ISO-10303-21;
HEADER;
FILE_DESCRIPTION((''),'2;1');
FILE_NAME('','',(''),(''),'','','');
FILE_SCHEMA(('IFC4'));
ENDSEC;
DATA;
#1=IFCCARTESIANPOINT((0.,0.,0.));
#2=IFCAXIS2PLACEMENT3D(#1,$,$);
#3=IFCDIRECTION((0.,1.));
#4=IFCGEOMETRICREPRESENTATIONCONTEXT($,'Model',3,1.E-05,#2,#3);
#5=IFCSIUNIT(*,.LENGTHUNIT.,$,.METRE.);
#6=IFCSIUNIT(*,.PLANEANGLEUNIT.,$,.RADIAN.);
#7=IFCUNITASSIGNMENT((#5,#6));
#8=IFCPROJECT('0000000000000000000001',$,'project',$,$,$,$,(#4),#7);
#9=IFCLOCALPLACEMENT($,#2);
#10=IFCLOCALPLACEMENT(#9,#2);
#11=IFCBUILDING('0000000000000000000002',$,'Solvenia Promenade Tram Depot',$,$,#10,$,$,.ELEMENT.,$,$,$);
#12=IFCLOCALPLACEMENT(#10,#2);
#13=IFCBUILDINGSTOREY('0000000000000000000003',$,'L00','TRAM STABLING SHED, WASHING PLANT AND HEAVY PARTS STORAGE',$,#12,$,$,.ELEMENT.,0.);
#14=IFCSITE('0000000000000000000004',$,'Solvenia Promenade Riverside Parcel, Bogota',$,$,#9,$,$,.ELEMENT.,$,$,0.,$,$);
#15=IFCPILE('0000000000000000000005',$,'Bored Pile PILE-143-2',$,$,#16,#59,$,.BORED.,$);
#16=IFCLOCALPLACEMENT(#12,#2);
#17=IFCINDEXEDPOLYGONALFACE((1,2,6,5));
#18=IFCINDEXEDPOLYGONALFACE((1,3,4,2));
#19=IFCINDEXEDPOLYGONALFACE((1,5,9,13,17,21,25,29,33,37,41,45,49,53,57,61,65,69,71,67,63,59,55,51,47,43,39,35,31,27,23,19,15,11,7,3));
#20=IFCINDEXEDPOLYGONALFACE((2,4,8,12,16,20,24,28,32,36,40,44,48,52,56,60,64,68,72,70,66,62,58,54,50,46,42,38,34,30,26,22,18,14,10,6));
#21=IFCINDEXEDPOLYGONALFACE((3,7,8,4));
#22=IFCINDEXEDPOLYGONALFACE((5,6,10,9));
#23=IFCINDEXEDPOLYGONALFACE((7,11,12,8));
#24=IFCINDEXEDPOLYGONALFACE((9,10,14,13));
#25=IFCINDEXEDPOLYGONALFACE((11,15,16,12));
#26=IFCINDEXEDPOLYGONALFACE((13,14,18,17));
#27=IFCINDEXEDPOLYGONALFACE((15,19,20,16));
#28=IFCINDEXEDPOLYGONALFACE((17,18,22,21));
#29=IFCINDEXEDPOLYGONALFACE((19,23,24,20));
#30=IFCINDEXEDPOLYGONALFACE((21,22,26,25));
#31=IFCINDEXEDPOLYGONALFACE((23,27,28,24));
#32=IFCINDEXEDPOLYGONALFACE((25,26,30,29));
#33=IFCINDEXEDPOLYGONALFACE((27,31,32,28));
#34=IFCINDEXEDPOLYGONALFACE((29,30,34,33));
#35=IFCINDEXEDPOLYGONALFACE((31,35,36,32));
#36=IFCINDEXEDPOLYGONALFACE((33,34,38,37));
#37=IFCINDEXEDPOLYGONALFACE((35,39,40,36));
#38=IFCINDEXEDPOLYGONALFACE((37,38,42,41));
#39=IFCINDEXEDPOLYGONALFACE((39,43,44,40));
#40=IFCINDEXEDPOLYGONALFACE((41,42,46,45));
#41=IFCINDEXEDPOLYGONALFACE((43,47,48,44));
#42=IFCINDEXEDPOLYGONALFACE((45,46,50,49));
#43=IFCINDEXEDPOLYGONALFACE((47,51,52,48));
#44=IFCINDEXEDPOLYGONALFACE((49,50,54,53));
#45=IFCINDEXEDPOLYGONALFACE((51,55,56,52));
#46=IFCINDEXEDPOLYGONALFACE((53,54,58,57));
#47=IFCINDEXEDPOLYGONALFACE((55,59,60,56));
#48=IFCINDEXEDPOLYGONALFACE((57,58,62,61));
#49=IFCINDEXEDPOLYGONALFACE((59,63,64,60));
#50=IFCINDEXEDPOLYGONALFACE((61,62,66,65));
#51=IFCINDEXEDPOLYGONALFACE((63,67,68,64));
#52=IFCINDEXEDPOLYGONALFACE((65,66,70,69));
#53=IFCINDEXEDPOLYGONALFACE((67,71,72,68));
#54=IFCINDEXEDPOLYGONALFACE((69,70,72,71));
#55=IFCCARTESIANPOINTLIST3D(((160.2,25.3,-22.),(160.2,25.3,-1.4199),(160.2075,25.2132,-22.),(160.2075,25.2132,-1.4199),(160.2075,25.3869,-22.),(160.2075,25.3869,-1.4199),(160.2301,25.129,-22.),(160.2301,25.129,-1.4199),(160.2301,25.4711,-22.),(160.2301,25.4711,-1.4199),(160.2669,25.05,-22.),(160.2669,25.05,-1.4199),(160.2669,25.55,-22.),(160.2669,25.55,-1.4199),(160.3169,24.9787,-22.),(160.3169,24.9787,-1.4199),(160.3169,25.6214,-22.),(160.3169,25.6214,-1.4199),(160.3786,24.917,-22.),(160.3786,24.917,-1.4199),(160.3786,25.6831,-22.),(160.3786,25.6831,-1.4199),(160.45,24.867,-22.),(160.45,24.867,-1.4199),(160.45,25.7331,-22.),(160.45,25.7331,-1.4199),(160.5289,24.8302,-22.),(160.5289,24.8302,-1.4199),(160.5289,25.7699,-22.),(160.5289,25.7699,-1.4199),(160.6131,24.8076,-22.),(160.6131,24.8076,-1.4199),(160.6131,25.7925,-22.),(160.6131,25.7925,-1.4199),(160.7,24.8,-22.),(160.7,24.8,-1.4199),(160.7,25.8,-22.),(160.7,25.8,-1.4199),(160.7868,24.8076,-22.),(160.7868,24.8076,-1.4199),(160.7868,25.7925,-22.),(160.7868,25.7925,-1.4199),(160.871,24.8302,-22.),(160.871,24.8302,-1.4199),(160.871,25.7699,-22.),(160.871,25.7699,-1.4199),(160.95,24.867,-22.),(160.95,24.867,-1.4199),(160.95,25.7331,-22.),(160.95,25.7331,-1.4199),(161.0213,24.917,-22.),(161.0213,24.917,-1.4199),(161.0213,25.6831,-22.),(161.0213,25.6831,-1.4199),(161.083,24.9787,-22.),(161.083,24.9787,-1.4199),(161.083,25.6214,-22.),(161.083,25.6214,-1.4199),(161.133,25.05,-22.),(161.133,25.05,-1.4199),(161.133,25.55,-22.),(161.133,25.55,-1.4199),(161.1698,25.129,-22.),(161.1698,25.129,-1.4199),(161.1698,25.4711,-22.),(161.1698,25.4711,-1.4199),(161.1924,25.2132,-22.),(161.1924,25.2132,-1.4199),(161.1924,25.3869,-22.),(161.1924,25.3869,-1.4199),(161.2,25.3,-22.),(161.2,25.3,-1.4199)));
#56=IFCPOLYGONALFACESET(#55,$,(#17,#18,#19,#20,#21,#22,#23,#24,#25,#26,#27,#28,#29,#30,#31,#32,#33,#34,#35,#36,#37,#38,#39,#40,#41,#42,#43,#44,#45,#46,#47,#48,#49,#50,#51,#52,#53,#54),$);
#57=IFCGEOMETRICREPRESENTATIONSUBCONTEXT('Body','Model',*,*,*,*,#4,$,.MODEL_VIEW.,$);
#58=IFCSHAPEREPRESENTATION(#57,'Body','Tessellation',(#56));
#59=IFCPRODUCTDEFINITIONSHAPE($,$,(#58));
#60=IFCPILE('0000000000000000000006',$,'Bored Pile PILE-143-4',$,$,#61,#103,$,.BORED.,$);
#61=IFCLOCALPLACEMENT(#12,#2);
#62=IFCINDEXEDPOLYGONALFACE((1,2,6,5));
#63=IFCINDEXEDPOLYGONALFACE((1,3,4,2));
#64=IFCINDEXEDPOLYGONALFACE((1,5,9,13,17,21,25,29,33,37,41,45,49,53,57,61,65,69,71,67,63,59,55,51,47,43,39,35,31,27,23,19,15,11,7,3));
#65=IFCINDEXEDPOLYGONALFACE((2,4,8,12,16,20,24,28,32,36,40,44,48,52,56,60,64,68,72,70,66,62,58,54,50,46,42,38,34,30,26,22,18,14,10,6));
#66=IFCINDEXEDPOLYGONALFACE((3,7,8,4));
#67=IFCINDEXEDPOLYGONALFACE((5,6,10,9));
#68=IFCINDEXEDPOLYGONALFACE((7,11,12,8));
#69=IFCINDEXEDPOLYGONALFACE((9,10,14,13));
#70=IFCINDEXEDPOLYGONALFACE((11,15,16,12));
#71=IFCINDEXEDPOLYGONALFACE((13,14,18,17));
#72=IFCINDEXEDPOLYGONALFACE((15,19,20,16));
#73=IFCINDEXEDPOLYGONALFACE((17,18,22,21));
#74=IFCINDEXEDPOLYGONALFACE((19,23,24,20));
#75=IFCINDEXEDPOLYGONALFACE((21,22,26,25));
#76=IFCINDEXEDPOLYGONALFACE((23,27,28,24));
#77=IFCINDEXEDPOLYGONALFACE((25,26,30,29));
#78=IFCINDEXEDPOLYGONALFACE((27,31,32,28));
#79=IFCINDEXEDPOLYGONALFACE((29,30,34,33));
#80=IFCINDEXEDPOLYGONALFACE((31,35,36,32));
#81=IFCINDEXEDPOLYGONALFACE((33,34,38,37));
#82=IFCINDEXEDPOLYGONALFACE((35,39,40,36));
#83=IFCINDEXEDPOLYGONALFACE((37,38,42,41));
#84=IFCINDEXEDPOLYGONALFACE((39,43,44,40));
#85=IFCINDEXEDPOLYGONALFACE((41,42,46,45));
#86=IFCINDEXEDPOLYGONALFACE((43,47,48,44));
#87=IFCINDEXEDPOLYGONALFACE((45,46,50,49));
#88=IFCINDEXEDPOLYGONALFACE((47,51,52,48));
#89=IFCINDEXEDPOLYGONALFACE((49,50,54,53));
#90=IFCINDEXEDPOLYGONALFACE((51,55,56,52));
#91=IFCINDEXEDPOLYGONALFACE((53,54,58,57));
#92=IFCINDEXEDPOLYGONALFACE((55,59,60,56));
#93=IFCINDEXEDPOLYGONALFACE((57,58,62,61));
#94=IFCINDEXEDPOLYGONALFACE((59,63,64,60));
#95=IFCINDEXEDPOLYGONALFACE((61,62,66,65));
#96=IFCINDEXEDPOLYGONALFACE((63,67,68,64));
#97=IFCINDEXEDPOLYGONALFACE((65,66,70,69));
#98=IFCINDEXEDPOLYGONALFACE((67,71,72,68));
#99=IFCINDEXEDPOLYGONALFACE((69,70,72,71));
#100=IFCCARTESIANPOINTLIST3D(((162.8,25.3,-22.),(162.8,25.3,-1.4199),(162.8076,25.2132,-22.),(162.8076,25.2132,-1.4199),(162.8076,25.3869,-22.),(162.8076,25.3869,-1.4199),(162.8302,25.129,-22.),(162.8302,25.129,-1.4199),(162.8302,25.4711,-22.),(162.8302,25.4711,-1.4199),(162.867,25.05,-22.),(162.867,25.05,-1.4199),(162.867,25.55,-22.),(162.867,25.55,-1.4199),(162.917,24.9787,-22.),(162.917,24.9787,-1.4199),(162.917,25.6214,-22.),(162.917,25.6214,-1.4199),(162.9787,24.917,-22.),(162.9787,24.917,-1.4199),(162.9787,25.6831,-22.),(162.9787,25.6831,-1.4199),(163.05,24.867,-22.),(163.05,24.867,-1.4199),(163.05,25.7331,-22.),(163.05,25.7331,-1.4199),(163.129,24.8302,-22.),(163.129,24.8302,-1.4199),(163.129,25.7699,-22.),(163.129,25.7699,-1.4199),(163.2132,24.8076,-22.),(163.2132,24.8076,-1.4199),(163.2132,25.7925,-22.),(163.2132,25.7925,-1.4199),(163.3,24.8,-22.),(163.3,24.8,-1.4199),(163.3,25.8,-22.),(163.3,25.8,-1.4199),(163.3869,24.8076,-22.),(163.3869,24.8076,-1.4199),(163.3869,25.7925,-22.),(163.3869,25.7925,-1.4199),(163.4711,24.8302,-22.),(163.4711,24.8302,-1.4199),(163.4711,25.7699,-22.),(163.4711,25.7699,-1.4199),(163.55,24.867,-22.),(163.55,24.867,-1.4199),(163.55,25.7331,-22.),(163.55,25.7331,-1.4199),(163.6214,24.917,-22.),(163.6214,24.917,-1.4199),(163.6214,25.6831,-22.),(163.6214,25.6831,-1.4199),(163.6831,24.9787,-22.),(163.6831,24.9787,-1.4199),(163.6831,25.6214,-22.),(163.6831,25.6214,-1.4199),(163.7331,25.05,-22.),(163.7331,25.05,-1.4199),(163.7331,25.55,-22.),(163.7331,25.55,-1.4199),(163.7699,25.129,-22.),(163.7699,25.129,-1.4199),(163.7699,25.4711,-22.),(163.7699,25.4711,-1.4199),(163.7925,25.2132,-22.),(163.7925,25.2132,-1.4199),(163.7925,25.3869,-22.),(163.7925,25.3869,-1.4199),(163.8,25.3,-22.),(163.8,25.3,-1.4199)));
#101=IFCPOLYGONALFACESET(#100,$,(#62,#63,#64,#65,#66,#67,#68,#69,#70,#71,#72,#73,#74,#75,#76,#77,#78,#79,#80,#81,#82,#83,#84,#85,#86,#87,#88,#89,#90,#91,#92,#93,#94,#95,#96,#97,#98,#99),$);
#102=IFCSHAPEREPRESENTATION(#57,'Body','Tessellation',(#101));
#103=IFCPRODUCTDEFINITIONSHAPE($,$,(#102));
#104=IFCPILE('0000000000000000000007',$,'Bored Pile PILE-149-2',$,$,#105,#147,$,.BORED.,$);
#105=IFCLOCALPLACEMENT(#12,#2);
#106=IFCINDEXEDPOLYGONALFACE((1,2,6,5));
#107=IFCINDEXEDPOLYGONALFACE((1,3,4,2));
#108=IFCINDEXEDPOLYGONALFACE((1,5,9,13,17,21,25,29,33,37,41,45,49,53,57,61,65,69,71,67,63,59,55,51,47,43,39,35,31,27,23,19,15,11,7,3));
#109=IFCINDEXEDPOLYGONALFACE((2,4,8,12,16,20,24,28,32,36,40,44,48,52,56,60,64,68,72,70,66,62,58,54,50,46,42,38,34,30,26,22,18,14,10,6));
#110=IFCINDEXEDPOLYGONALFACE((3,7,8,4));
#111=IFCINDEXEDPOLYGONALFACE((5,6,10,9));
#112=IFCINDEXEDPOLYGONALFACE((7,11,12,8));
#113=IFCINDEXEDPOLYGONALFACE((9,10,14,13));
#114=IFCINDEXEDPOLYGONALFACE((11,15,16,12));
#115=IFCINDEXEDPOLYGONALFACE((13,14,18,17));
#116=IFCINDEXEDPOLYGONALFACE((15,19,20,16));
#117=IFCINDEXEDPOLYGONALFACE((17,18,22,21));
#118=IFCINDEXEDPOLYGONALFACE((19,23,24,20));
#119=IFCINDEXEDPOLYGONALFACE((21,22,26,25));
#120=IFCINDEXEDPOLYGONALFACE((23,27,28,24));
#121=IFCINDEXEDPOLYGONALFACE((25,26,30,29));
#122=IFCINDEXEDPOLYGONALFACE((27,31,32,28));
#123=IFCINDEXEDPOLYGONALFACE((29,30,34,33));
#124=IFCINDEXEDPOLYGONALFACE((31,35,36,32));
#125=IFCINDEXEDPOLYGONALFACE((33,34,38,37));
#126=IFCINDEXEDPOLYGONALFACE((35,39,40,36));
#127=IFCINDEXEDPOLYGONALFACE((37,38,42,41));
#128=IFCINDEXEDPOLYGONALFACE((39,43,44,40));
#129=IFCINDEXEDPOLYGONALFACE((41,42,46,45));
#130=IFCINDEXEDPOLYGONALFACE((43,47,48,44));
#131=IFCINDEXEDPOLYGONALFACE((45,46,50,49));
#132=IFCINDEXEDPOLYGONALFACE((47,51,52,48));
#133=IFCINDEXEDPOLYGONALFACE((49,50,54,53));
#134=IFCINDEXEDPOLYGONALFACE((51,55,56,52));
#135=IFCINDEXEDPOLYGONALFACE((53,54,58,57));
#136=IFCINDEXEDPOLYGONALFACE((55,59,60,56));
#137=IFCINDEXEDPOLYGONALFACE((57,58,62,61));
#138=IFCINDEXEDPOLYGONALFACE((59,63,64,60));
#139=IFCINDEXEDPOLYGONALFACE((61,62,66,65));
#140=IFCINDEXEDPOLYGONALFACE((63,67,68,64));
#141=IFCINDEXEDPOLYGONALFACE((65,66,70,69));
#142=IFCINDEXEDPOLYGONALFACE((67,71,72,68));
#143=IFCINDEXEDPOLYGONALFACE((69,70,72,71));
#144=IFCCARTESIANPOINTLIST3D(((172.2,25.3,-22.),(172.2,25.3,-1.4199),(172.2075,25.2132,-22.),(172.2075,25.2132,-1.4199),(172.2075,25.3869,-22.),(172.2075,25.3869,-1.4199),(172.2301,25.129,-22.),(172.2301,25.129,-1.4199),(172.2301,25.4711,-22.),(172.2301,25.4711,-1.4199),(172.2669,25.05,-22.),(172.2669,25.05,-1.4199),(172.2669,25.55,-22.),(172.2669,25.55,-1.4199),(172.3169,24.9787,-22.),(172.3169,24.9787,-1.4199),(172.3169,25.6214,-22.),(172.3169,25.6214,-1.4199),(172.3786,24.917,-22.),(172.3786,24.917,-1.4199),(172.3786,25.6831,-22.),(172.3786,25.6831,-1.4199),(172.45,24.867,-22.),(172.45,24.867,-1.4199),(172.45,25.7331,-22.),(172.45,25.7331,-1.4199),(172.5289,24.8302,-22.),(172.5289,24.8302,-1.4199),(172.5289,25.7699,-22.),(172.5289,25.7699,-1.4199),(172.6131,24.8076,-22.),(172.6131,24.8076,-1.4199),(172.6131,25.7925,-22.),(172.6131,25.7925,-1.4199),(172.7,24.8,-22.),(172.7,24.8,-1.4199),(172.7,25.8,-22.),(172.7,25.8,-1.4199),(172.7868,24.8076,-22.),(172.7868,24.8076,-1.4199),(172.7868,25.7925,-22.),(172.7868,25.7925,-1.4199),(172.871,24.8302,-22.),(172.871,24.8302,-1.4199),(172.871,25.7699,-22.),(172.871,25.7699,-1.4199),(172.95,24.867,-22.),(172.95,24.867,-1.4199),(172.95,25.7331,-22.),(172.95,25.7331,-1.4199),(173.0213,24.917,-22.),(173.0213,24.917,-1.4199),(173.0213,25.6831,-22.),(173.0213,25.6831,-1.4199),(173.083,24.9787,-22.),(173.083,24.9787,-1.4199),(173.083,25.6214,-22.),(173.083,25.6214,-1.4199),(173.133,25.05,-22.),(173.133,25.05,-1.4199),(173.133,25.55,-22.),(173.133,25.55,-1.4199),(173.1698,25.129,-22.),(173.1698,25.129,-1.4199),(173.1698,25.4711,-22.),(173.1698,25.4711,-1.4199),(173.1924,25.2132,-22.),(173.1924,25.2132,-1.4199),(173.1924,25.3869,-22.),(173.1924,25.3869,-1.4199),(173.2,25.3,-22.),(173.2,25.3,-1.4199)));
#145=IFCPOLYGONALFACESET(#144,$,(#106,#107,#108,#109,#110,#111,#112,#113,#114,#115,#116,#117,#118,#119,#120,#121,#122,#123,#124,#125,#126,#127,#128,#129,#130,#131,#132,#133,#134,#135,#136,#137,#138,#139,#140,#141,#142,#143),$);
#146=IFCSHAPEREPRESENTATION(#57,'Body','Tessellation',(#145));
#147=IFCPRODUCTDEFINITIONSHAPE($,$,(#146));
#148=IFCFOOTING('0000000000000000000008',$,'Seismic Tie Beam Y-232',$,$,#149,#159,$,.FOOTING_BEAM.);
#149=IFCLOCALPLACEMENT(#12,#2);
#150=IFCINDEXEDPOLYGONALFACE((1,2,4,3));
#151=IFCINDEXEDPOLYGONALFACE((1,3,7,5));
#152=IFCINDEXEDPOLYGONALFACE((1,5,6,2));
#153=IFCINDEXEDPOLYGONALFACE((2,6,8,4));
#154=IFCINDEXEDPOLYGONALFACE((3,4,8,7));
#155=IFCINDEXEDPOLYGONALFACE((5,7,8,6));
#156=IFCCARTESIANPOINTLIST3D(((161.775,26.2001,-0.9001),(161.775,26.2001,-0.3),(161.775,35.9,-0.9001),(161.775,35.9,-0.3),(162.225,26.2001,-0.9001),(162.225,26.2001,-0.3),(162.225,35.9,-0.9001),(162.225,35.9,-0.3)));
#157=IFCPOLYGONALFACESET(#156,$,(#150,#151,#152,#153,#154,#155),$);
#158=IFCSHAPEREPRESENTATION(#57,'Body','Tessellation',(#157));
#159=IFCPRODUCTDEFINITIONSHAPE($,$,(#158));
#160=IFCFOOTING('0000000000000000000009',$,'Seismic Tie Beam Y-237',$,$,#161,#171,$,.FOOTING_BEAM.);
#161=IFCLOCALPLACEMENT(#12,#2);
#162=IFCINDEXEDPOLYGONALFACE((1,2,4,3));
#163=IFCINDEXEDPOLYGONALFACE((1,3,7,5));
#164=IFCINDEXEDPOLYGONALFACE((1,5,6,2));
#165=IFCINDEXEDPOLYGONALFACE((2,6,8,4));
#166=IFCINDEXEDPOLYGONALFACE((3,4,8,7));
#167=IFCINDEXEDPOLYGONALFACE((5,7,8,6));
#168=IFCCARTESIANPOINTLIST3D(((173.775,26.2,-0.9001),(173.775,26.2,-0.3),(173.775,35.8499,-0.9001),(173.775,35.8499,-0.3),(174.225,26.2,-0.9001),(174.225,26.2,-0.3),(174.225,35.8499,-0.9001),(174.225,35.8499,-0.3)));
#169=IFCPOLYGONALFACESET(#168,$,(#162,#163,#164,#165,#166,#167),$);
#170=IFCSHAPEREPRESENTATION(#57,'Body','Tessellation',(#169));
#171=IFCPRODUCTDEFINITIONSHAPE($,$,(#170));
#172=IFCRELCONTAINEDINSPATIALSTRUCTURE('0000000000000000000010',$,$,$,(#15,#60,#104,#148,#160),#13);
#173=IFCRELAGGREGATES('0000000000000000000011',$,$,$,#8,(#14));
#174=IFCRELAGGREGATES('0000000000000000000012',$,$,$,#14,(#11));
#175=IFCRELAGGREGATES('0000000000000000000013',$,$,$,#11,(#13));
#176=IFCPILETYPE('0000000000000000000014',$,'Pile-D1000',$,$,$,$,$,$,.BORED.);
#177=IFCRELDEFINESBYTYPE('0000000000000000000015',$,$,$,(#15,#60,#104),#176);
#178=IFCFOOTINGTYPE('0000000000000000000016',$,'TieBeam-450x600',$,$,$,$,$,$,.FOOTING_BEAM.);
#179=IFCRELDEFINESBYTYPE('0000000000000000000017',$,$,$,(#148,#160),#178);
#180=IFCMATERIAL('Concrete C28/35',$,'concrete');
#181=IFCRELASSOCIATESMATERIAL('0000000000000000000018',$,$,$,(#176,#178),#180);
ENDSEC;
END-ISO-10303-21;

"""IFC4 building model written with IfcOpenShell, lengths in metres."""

from ifc_helpers import new_model, si_unit, direction, frame, origin, origin_2d, place, context, subcontext, project, spatial, rectangle, circle, extrude, material, material_profile, profile_set, type_object, element, save


model = new_model("IFC4")

# Units and contexts
model_context = context("Model", 3, precision=1e-05, world=origin(), true_north=direction((0.0, 1.0)))
body_context = subcontext(model_context, "Body", "Model", "MODEL_VIEW")
ifc_project = project(units=[si_unit("LENGTHUNIT", "METRE"), si_unit("PLANEANGLEUNIT", "RADIAN")], contexts=[model_context])

# Site, building, storey
site_placement = place(None, origin())
site = spatial("IfcSite", under=ifc_project, at=site_placement, Name="Solvenia Promenade Riverside Parcel, Bogota", CompositionType="ELEMENT", RefElevation=0.0)
building_placement = place(site_placement, origin())
building = spatial("IfcBuilding", under=site, at=building_placement, Name="Solvenia Promenade Tram Depot", CompositionType="ELEMENT")
storey_placement = place(building_placement, origin())
storey = spatial("IfcBuildingStorey", under=building, at=storey_placement, Name="L00", Description="TRAM STABLING SHED, WASHING PLANT AND HEAVY PARTS STORAGE", CompositionType="ELEMENT", Elevation=0.0)

# Piles
ifc_material_1 = material(Name="Concrete C28/35", Category="concrete")
ifc_material_profile_1 = material_profile(ifc_material_1, circle(Radius=0.5, at=origin_2d()), Name="D1000", Category="concrete")
ifc_profile_set_1 = profile_set([ifc_material_profile_1], Name="Concrete C28/35")
pile_type = type_object("IfcPileType", Name="Pile-D1000", PredefinedType="BORED", material=ifc_profile_set_1)
for number, where, z_axis, x_axis, name in (
    (1, (160.7, 25.3, -1.4199), (0.0, 0.0, -1.0), (1.0, 0.0, 0.0), "Bored Pile PILE-143-2"),
    (2, (163.3, 25.3, -1.4199), (0.0, 0.0, -1.0), (1.0, 0.0, 0.0), "Bored Pile PILE-143-4"),
    (3, (172.7, 25.3, -1.4199), (0.0, 0.0, -1.0), (1.0, 0.0, 0.0), "Bored Pile PILE-149-2"),
):
    element("IfcPile", number, at=place(storey_placement, frame(where, z_axis=z_axis, x_axis=x_axis)), inside=storey, type_object=pile_type, Name=name, PredefinedType="BORED", context=body_context, shape_type="SweptSolid", body=[
        extrude(circle(Radius=0.5, at=origin_2d()), origin(), (0.0, 0.0, 1.0), 20.5801),
    ])

# Footings
footing_type = type_object("IfcFootingType", Name="TieBeam-450x600", PredefinedType="FOOTING_BEAM", material=ifc_material_1)
footing_1_placement = place(storey_placement, frame((162.0, 31.05, -0.9001), z_axis=(0.0, 0.0, 1.0), x_axis=(1.0, 0.0, 0.0)))
element("IfcFooting", 4, at=footing_1_placement, inside=storey, type_object=footing_type, Name="Seismic Tie Beam Y-232", PredefinedType="FOOTING_BEAM", context=body_context, shape_type="SweptSolid", body=[
    extrude(rectangle(XDim=0.45, YDim=9.7, at=origin_2d()), origin(), (0.0, 0.0, 1.0), 0.6001),
])
footing_2_placement = place(storey_placement, frame((174.0, 31.0249, -0.9001), z_axis=(0.0, 0.0, 1.0), x_axis=(1.0, 0.0, 0.0)))
element("IfcFooting", 5, at=footing_2_placement, inside=storey, type_object=footing_type, Name="Seismic Tie Beam Y-237", PredefinedType="FOOTING_BEAM", context=body_context, shape_type="SweptSolid", body=[
    extrude(rectangle(XDim=0.45, YDim=9.6499, at=origin_2d()), origin(), (0.0, 0.0, 1.0), 0.6001),
])

save(model, "model.ifc")
